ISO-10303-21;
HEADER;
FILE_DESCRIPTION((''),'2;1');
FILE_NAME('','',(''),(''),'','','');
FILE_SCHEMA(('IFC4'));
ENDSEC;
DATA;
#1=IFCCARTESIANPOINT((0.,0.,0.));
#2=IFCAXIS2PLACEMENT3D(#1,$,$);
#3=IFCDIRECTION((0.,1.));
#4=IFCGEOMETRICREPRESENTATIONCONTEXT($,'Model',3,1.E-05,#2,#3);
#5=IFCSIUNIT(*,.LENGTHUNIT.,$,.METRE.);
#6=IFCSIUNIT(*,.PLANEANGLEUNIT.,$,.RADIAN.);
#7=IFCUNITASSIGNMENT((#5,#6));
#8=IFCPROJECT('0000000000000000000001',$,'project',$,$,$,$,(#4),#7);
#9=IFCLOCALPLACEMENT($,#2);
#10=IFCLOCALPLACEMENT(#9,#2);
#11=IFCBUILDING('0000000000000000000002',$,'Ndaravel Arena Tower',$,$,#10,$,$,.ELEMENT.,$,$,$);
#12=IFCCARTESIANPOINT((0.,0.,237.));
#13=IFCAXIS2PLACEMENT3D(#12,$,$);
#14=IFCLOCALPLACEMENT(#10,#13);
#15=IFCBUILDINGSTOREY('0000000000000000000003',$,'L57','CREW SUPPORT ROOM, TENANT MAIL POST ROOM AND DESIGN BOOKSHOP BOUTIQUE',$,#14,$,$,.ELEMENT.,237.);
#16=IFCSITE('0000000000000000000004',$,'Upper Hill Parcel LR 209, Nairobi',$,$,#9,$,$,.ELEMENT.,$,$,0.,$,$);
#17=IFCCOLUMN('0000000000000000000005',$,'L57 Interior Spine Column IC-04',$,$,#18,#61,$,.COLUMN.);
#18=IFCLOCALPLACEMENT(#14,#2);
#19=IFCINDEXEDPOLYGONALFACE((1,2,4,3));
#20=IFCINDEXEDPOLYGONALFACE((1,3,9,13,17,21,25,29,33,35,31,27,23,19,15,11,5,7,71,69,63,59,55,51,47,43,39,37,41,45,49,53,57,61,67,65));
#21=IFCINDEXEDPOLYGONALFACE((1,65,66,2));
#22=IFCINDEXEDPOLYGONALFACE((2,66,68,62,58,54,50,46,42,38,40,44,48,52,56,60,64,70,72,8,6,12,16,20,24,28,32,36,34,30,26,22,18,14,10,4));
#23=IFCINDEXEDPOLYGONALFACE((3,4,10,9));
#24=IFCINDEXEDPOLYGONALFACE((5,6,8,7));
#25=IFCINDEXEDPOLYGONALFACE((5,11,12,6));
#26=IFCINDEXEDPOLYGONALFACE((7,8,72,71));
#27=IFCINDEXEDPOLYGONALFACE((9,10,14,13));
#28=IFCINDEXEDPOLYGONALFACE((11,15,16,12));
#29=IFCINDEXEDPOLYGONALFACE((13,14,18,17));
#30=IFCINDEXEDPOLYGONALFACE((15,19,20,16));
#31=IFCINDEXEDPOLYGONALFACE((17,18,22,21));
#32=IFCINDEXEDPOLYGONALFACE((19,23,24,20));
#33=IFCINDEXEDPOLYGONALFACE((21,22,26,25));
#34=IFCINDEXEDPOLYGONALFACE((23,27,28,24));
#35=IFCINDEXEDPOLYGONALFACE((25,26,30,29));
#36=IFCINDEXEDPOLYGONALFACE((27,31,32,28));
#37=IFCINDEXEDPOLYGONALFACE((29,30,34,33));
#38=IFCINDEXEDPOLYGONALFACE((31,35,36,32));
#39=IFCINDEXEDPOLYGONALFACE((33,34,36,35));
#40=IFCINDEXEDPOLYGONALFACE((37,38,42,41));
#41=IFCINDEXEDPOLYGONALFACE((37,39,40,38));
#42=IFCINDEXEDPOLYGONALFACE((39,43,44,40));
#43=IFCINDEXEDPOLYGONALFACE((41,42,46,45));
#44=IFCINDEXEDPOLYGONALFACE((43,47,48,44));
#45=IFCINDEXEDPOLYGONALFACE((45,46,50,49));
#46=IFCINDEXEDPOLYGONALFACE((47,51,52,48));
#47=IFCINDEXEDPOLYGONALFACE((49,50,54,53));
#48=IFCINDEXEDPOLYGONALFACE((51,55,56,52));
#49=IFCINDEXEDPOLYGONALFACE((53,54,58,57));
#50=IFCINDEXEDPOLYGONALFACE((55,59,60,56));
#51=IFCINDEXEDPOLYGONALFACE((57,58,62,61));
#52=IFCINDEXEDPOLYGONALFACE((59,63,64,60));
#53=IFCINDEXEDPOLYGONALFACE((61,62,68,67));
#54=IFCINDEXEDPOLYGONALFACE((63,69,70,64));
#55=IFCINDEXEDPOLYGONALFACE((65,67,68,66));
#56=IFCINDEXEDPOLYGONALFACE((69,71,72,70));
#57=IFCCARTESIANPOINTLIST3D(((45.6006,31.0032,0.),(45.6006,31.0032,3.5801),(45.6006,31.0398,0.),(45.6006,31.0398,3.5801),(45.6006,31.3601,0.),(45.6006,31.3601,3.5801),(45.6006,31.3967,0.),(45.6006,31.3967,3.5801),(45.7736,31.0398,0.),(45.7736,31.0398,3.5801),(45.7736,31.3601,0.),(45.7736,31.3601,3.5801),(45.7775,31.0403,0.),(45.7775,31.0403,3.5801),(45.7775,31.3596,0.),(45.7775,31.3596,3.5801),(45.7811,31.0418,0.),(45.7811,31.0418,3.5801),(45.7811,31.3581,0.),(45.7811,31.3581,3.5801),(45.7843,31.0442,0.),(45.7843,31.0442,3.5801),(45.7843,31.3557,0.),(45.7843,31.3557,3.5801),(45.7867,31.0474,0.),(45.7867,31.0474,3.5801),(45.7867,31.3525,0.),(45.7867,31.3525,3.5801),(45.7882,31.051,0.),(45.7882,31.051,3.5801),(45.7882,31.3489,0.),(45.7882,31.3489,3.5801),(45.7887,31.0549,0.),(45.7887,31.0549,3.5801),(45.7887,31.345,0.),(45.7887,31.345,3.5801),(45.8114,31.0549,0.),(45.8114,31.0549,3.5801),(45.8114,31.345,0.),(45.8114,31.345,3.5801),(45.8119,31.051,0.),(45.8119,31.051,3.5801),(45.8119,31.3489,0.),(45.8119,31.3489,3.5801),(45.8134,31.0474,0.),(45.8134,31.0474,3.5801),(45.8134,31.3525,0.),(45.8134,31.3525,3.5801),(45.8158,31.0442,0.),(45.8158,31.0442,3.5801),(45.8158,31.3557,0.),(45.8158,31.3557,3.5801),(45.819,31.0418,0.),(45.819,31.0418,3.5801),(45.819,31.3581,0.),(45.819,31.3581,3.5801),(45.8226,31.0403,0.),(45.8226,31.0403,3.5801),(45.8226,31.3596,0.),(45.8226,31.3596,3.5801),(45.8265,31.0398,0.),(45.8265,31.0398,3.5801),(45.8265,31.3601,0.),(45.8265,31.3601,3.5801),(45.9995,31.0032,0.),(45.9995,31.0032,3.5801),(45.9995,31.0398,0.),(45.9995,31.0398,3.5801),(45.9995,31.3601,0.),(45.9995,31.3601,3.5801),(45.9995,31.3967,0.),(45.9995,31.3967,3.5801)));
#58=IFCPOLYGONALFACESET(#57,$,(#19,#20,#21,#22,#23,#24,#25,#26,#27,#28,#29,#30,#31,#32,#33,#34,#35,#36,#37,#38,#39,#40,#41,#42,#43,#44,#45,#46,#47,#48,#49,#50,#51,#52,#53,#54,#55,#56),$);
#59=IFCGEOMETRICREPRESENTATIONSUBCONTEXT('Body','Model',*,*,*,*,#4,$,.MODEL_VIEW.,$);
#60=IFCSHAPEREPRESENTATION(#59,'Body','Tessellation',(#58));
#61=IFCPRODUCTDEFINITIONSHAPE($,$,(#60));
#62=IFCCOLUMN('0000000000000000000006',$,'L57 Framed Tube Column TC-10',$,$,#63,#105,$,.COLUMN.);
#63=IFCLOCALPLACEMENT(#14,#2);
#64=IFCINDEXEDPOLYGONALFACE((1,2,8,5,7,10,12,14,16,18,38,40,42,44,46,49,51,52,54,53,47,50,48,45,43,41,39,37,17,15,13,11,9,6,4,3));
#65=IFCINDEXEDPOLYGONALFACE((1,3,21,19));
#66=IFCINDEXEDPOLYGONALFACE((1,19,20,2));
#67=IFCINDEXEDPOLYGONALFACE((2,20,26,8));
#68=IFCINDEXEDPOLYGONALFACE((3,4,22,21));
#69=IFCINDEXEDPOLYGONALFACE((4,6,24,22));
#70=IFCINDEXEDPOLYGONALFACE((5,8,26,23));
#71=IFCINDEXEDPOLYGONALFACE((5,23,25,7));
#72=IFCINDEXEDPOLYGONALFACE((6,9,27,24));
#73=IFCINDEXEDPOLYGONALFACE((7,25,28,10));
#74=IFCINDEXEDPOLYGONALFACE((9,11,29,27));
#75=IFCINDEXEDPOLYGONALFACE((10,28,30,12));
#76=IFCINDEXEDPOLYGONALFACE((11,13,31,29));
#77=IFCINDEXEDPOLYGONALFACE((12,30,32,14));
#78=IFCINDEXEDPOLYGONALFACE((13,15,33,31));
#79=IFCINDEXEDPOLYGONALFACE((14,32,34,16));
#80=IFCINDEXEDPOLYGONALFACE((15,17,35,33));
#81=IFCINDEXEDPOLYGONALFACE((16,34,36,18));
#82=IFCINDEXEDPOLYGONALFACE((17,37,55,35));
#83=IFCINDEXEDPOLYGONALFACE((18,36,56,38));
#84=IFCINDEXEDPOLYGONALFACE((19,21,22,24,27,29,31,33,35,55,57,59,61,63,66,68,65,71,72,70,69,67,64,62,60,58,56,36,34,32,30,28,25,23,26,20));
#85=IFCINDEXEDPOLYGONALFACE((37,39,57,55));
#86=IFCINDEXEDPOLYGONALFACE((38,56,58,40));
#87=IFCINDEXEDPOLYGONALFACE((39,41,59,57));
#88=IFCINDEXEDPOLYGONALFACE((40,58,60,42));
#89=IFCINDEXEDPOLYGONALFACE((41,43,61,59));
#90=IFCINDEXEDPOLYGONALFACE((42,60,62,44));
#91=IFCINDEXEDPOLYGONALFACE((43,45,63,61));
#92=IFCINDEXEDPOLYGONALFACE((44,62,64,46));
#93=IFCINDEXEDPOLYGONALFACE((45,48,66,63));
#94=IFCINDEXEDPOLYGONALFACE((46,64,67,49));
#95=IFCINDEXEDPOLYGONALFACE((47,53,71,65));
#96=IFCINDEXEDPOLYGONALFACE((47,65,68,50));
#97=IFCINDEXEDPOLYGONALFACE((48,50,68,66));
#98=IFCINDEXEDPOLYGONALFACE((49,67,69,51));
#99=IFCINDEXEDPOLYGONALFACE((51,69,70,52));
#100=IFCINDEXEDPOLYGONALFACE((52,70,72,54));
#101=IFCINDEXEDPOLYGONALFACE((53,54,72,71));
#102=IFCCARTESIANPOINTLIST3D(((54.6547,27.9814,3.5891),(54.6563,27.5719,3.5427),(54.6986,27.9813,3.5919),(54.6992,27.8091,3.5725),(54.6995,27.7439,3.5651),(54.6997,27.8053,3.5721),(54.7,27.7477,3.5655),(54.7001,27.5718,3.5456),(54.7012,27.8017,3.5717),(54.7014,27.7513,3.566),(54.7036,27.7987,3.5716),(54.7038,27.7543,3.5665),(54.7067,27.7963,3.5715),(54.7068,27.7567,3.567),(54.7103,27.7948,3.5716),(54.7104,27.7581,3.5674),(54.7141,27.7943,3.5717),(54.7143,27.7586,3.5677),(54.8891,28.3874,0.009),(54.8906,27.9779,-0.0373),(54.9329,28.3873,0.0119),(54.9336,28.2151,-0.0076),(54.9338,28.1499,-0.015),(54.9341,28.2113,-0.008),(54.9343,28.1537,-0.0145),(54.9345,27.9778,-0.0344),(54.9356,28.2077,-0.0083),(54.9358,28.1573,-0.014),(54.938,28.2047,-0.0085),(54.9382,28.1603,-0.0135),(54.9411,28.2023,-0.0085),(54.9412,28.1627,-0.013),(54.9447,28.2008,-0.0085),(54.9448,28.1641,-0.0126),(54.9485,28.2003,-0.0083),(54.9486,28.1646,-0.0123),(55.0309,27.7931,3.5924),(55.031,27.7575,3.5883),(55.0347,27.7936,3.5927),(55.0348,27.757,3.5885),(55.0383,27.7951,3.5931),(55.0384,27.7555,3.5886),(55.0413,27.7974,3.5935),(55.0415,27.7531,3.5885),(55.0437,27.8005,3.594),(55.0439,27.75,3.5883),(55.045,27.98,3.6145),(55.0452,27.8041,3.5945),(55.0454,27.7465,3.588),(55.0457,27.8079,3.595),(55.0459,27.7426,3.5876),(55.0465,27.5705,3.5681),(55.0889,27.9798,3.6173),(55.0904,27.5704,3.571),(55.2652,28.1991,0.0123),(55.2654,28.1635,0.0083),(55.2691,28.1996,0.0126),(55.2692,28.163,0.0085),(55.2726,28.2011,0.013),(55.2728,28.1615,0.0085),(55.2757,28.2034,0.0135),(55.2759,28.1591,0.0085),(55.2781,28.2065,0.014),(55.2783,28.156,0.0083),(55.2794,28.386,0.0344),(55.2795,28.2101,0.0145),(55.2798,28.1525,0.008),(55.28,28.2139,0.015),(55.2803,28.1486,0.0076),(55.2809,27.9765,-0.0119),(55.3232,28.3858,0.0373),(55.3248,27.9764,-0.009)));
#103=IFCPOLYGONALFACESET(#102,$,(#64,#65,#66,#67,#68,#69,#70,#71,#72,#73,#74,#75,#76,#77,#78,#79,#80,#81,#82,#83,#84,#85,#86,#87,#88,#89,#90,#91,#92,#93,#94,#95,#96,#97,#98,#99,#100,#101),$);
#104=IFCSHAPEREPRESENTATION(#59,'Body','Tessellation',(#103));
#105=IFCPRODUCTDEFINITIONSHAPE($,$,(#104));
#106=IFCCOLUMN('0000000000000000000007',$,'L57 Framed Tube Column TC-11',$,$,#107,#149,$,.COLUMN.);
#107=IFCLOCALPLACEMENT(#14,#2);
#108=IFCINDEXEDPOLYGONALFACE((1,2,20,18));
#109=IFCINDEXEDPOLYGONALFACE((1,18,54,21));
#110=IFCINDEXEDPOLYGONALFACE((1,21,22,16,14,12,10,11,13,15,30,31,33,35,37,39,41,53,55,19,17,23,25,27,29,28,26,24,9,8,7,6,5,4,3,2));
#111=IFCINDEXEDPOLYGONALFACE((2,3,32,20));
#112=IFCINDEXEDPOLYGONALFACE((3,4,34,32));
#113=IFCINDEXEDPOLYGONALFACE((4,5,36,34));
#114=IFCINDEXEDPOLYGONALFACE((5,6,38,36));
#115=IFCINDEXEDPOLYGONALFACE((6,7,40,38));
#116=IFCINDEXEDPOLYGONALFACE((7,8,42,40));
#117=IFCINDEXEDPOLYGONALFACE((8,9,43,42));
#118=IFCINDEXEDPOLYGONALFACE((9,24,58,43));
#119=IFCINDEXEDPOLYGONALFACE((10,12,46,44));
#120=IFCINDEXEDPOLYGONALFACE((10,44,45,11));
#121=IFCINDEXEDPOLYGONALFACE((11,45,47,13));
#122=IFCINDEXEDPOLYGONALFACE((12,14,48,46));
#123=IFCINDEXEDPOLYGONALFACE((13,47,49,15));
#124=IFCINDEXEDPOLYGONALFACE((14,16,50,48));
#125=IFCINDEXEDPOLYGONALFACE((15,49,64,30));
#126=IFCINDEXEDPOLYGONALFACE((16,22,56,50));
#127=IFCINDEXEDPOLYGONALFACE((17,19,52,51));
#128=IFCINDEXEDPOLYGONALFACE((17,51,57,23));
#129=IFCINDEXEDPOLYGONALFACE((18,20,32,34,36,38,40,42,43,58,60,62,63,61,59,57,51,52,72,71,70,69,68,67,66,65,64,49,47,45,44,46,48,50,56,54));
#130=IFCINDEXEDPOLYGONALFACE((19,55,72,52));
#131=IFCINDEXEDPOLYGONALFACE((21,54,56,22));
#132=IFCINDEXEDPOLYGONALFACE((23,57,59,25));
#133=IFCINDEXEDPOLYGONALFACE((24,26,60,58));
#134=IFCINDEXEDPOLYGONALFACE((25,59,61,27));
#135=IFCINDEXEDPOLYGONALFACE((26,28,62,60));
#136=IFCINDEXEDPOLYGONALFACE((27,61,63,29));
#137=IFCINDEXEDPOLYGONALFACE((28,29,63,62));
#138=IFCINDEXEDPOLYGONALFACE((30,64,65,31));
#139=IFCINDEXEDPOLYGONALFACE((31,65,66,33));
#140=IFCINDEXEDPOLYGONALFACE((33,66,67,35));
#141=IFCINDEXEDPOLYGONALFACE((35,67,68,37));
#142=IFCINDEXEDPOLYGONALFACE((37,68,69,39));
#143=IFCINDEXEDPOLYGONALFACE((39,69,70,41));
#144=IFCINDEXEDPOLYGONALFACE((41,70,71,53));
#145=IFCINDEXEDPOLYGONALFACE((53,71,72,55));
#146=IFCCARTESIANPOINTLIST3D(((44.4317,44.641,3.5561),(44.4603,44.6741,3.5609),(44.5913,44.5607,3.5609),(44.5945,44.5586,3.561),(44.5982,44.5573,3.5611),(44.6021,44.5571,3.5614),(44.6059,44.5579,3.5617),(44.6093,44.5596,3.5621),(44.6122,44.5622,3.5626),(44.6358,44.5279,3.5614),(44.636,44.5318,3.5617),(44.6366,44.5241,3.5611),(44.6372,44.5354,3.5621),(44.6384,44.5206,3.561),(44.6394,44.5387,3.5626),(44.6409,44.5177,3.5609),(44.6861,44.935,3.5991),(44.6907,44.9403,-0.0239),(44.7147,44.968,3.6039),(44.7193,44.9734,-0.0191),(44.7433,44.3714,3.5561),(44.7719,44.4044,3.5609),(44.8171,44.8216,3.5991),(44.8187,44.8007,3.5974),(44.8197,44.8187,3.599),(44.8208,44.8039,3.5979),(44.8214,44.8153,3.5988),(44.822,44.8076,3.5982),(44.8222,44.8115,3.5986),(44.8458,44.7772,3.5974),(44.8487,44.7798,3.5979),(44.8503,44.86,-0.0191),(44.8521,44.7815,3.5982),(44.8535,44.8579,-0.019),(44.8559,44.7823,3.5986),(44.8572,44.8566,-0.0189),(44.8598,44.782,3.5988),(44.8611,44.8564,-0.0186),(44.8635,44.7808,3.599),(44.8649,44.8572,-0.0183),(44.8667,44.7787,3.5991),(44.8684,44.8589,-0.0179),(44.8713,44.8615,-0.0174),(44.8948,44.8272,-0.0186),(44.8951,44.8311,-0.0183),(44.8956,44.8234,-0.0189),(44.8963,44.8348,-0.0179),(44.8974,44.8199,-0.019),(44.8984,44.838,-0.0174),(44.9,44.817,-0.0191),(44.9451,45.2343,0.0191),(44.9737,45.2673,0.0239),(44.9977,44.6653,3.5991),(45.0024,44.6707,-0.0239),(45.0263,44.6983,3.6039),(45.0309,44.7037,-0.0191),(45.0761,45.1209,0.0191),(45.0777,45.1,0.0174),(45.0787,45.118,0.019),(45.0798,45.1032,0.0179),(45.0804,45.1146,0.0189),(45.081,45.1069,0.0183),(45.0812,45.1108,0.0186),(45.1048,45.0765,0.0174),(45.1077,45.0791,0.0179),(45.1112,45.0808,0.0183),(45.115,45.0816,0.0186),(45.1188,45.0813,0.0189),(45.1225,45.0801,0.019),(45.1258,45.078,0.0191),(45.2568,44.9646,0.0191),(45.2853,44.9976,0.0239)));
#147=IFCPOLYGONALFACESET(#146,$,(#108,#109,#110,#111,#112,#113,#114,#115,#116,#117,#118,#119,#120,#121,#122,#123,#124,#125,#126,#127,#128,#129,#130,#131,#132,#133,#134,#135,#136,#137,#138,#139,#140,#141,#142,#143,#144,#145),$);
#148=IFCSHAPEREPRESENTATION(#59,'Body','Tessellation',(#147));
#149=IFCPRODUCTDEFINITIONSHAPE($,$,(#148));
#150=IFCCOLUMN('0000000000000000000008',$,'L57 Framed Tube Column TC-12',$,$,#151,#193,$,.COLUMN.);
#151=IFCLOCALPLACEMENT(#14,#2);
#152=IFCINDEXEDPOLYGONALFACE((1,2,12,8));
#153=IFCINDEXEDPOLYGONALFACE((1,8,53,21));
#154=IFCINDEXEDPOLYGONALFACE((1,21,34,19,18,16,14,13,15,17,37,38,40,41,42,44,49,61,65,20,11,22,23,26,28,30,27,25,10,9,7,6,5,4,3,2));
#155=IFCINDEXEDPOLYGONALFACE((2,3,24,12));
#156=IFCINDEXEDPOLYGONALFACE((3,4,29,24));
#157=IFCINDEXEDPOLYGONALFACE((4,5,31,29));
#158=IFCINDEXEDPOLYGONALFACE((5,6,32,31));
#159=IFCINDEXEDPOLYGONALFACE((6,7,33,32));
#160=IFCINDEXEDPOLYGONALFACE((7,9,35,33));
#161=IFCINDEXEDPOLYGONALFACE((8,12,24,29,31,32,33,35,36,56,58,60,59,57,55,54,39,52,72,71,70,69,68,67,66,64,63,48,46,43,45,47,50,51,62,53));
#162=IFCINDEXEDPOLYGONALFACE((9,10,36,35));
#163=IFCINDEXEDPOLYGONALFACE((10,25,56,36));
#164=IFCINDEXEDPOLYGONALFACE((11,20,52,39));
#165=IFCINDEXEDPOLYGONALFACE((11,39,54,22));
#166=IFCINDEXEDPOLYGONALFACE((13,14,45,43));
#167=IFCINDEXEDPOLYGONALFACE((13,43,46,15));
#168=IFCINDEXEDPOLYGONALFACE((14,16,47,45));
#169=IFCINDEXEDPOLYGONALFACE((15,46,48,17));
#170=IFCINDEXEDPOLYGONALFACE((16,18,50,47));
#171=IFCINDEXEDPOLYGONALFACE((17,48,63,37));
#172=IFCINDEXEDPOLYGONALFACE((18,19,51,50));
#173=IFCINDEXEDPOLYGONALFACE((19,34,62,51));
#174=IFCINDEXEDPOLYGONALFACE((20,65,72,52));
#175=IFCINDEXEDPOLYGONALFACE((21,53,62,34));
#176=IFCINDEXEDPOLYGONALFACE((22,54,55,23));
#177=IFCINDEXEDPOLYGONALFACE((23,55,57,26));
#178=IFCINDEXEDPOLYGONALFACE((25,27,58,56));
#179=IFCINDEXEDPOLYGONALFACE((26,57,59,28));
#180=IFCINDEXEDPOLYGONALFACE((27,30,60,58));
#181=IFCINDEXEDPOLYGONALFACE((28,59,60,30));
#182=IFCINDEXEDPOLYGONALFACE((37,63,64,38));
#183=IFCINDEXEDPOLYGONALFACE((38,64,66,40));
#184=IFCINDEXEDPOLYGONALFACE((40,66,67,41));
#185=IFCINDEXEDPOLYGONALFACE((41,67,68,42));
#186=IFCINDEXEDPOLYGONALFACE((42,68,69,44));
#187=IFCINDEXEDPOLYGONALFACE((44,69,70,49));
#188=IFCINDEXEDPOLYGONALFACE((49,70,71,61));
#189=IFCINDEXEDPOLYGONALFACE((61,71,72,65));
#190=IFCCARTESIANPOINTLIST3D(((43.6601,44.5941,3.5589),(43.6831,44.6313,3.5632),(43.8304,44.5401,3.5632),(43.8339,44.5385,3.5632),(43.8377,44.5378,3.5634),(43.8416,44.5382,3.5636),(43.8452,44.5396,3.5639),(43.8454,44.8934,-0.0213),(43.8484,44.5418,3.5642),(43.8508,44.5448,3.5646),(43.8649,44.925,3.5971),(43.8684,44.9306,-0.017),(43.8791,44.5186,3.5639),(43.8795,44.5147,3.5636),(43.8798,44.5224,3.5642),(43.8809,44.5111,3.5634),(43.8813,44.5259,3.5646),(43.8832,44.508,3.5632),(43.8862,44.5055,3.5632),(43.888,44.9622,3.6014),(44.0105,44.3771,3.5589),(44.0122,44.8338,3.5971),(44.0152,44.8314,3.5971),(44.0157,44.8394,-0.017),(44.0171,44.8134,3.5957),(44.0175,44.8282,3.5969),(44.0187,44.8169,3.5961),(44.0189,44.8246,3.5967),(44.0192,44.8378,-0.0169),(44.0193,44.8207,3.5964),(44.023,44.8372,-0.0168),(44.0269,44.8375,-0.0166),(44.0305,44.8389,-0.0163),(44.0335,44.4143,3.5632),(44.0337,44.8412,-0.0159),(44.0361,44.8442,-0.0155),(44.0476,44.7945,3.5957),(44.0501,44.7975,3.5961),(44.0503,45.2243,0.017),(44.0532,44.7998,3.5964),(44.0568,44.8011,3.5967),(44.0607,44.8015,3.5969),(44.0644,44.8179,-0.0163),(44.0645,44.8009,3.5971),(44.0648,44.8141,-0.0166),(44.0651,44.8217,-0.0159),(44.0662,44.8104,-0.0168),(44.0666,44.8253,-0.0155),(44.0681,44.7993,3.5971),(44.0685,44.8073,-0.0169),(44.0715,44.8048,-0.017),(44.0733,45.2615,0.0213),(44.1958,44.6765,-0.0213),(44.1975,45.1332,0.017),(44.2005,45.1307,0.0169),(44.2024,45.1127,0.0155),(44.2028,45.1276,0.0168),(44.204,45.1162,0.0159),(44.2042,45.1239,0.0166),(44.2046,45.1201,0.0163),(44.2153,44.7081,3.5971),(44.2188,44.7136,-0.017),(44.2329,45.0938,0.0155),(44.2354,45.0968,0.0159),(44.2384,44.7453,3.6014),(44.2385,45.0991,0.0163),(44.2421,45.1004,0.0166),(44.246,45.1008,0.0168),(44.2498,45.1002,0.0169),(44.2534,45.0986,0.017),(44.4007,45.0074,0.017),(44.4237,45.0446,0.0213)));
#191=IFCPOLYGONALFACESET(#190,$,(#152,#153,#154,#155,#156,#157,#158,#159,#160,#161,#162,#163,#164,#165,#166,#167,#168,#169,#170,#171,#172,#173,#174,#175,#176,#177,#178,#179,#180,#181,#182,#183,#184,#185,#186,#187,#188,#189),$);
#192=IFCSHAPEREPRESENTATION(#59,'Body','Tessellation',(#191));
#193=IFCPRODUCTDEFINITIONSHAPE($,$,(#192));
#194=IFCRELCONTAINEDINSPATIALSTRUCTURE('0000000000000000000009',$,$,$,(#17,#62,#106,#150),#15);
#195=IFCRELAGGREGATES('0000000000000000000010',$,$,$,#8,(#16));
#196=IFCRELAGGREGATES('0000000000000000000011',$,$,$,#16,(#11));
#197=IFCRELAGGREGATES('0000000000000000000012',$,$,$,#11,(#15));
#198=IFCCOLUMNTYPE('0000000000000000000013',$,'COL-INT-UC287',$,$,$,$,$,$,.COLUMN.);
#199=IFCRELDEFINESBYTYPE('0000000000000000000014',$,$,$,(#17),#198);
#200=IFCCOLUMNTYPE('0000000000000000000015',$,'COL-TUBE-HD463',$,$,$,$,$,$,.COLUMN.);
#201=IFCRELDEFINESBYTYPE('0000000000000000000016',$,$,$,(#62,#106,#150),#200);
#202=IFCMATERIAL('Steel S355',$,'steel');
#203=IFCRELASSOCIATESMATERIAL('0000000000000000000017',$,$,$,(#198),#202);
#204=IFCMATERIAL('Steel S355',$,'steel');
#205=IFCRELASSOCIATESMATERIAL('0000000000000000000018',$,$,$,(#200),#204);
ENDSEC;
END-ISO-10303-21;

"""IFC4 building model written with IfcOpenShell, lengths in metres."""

from ifc_helpers import new_model, si_unit, direction, frame, origin, origin_2d, place, context, subcontext, project, spatial, i_section, extrude, material, material_profile, profile_set, type_object, element, save


model = new_model("IFC4")

# Units and contexts
model_context = context("Model", 3, precision=1e-05, world=origin(), true_north=direction((0.0, 1.0)))
body_context = subcontext(model_context, "Body", "Model", "MODEL_VIEW")
ifc_project = project(units=[si_unit("LENGTHUNIT", "METRE"), si_unit("PLANEANGLEUNIT", "RADIAN")], contexts=[model_context])

# Site, building, storey
site_placement = place(None, origin())
site = spatial("IfcSite", under=ifc_project, at=site_placement, Name="Upper Hill Parcel LR 209, Nairobi", CompositionType="ELEMENT", RefElevation=0.0)
building_placement = place(site_placement, origin())
building = spatial("IfcBuilding", under=site, at=building_placement, Name="Ndaravel Arena Tower", CompositionType="ELEMENT")
storey_placement = place(building_placement, frame((0.0, 0.0, 237.0)))
storey = spatial("IfcBuildingStorey", under=building, at=storey_placement, Name="L57", Description="CREW SUPPORT ROOM, TENANT MAIL POST ROOM AND DESIGN BOOKSHOP BOUTIQUE", CompositionType="ELEMENT", Elevation=237.0)

# Columns
ifc_material_1 = material(Name="Steel S355", Category="steel")
ifc_material_profile_1 = material_profile(ifc_material_1, i_section(OverallWidth=0.3989, OverallDepth=0.3936, WebThickness=0.0227, FlangeThickness=0.0366, FilletRadius=0.0151, at=origin_2d()), Name="UC 356x406x287")
ifc_profile_set_1 = profile_set([ifc_material_profile_1], Name="Steel S355")
column_type_1 = type_object("IfcColumnType", Name="COL-INT-UC287", PredefinedType="COLUMN", material=ifc_profile_set_1)
column_1_placement = place(storey_placement, frame((45.8, 31.2, 0.0), z_axis=(0.0, 0.0, 1.0), x_axis=(1.0, 0.0, 0.0)))
element("IfcColumn", 1, at=column_1_placement, inside=storey, type_object=column_type_1, Name="L57 Interior Spine Column IC-04", PredefinedType="COLUMN", context=body_context, shape_type="SweptSolid", body=[
    extrude(i_section(OverallWidth=0.3989, OverallDepth=0.3936, WebThickness=0.0227, FlangeThickness=0.0366, FilletRadius=0.0151, at=origin_2d()), origin(), (0.0, 0.0, 1.0), 3.5801),
])
ifc_material_2 = material(Name="Steel S355", Category="steel")
ifc_material_profile_2 = material_profile(ifc_material_2, i_section(OverallWidth=0.4121, OverallDepth=0.4351, WebThickness=0.0359, FlangeThickness=0.0439, FilletRadius=0.0149, at=origin_2d()), Name="HD 400x463")
ifc_profile_set_2 = profile_set([ifc_material_profile_2], Name="Steel S355")
column_type_2 = type_object("IfcColumnType", Name="COL-TUBE-HD463", PredefinedType="COLUMN", material=ifc_profile_set_2)
column_2_placement = place(storey_placement, frame((55.1069, 28.1819, 0.0), z_axis=(-0.064912, -0.112447, 0.991535), x_axis=(-0.003725, 0.993651, 0.112443)))
element("IfcColumn", 2, at=column_2_placement, inside=storey, type_object=column_type_2, Name="L57 Framed Tube Column TC-10", PredefinedType="COLUMN", context=body_context, shape_type="SweptSolid", body=[
    extrude(i_section(OverallWidth=0.4121, OverallDepth=0.4351, WebThickness=0.0359, FlangeThickness=0.0439, FilletRadius=0.0149, at=origin_2d()), origin(), (0.0, 0.0, 1.0), 3.6106),
])
column_3_placement = place(storey_placement, frame((44.988, 44.969, 0.0), z_axis=(-0.071916, -0.0831, 0.993943), x_axis=(0.756157, -0.65439, 0.0)))
element("IfcColumn", 3, at=column_3_placement, inside=storey, type_object=column_type_2, Name="L57 Framed Tube Column TC-11", PredefinedType="COLUMN", context=body_context, shape_type="SweptSolid", body=[
    extrude(i_section(OverallWidth=0.4121, OverallDepth=0.4351, WebThickness=0.0359, FlangeThickness=0.0439, FilletRadius=0.0149, at=origin_2d()), origin(), (0.0, 0.0, 1.0), 3.6018),
])
column_4_placement = place(storey_placement, frame((44.1345, 44.969, 0.0), z_axis=(-0.051511, -0.083205, 0.9952), x_axis=(0.85025, -0.526378, 0.0)))
element("IfcColumn", 4, at=column_4_placement, inside=storey, type_object=column_type_2, Name="L57 Framed Tube Column TC-12", PredefinedType="COLUMN", context=body_context, shape_type="SweptSolid", body=[
    extrude(i_section(OverallWidth=0.4121, OverallDepth=0.4351, WebThickness=0.0359, FlangeThickness=0.0439, FilletRadius=0.0149, at=origin_2d()), origin(), (0.0, 0.0, 1.0), 3.5974),
])

save(model, "model.ifc")
